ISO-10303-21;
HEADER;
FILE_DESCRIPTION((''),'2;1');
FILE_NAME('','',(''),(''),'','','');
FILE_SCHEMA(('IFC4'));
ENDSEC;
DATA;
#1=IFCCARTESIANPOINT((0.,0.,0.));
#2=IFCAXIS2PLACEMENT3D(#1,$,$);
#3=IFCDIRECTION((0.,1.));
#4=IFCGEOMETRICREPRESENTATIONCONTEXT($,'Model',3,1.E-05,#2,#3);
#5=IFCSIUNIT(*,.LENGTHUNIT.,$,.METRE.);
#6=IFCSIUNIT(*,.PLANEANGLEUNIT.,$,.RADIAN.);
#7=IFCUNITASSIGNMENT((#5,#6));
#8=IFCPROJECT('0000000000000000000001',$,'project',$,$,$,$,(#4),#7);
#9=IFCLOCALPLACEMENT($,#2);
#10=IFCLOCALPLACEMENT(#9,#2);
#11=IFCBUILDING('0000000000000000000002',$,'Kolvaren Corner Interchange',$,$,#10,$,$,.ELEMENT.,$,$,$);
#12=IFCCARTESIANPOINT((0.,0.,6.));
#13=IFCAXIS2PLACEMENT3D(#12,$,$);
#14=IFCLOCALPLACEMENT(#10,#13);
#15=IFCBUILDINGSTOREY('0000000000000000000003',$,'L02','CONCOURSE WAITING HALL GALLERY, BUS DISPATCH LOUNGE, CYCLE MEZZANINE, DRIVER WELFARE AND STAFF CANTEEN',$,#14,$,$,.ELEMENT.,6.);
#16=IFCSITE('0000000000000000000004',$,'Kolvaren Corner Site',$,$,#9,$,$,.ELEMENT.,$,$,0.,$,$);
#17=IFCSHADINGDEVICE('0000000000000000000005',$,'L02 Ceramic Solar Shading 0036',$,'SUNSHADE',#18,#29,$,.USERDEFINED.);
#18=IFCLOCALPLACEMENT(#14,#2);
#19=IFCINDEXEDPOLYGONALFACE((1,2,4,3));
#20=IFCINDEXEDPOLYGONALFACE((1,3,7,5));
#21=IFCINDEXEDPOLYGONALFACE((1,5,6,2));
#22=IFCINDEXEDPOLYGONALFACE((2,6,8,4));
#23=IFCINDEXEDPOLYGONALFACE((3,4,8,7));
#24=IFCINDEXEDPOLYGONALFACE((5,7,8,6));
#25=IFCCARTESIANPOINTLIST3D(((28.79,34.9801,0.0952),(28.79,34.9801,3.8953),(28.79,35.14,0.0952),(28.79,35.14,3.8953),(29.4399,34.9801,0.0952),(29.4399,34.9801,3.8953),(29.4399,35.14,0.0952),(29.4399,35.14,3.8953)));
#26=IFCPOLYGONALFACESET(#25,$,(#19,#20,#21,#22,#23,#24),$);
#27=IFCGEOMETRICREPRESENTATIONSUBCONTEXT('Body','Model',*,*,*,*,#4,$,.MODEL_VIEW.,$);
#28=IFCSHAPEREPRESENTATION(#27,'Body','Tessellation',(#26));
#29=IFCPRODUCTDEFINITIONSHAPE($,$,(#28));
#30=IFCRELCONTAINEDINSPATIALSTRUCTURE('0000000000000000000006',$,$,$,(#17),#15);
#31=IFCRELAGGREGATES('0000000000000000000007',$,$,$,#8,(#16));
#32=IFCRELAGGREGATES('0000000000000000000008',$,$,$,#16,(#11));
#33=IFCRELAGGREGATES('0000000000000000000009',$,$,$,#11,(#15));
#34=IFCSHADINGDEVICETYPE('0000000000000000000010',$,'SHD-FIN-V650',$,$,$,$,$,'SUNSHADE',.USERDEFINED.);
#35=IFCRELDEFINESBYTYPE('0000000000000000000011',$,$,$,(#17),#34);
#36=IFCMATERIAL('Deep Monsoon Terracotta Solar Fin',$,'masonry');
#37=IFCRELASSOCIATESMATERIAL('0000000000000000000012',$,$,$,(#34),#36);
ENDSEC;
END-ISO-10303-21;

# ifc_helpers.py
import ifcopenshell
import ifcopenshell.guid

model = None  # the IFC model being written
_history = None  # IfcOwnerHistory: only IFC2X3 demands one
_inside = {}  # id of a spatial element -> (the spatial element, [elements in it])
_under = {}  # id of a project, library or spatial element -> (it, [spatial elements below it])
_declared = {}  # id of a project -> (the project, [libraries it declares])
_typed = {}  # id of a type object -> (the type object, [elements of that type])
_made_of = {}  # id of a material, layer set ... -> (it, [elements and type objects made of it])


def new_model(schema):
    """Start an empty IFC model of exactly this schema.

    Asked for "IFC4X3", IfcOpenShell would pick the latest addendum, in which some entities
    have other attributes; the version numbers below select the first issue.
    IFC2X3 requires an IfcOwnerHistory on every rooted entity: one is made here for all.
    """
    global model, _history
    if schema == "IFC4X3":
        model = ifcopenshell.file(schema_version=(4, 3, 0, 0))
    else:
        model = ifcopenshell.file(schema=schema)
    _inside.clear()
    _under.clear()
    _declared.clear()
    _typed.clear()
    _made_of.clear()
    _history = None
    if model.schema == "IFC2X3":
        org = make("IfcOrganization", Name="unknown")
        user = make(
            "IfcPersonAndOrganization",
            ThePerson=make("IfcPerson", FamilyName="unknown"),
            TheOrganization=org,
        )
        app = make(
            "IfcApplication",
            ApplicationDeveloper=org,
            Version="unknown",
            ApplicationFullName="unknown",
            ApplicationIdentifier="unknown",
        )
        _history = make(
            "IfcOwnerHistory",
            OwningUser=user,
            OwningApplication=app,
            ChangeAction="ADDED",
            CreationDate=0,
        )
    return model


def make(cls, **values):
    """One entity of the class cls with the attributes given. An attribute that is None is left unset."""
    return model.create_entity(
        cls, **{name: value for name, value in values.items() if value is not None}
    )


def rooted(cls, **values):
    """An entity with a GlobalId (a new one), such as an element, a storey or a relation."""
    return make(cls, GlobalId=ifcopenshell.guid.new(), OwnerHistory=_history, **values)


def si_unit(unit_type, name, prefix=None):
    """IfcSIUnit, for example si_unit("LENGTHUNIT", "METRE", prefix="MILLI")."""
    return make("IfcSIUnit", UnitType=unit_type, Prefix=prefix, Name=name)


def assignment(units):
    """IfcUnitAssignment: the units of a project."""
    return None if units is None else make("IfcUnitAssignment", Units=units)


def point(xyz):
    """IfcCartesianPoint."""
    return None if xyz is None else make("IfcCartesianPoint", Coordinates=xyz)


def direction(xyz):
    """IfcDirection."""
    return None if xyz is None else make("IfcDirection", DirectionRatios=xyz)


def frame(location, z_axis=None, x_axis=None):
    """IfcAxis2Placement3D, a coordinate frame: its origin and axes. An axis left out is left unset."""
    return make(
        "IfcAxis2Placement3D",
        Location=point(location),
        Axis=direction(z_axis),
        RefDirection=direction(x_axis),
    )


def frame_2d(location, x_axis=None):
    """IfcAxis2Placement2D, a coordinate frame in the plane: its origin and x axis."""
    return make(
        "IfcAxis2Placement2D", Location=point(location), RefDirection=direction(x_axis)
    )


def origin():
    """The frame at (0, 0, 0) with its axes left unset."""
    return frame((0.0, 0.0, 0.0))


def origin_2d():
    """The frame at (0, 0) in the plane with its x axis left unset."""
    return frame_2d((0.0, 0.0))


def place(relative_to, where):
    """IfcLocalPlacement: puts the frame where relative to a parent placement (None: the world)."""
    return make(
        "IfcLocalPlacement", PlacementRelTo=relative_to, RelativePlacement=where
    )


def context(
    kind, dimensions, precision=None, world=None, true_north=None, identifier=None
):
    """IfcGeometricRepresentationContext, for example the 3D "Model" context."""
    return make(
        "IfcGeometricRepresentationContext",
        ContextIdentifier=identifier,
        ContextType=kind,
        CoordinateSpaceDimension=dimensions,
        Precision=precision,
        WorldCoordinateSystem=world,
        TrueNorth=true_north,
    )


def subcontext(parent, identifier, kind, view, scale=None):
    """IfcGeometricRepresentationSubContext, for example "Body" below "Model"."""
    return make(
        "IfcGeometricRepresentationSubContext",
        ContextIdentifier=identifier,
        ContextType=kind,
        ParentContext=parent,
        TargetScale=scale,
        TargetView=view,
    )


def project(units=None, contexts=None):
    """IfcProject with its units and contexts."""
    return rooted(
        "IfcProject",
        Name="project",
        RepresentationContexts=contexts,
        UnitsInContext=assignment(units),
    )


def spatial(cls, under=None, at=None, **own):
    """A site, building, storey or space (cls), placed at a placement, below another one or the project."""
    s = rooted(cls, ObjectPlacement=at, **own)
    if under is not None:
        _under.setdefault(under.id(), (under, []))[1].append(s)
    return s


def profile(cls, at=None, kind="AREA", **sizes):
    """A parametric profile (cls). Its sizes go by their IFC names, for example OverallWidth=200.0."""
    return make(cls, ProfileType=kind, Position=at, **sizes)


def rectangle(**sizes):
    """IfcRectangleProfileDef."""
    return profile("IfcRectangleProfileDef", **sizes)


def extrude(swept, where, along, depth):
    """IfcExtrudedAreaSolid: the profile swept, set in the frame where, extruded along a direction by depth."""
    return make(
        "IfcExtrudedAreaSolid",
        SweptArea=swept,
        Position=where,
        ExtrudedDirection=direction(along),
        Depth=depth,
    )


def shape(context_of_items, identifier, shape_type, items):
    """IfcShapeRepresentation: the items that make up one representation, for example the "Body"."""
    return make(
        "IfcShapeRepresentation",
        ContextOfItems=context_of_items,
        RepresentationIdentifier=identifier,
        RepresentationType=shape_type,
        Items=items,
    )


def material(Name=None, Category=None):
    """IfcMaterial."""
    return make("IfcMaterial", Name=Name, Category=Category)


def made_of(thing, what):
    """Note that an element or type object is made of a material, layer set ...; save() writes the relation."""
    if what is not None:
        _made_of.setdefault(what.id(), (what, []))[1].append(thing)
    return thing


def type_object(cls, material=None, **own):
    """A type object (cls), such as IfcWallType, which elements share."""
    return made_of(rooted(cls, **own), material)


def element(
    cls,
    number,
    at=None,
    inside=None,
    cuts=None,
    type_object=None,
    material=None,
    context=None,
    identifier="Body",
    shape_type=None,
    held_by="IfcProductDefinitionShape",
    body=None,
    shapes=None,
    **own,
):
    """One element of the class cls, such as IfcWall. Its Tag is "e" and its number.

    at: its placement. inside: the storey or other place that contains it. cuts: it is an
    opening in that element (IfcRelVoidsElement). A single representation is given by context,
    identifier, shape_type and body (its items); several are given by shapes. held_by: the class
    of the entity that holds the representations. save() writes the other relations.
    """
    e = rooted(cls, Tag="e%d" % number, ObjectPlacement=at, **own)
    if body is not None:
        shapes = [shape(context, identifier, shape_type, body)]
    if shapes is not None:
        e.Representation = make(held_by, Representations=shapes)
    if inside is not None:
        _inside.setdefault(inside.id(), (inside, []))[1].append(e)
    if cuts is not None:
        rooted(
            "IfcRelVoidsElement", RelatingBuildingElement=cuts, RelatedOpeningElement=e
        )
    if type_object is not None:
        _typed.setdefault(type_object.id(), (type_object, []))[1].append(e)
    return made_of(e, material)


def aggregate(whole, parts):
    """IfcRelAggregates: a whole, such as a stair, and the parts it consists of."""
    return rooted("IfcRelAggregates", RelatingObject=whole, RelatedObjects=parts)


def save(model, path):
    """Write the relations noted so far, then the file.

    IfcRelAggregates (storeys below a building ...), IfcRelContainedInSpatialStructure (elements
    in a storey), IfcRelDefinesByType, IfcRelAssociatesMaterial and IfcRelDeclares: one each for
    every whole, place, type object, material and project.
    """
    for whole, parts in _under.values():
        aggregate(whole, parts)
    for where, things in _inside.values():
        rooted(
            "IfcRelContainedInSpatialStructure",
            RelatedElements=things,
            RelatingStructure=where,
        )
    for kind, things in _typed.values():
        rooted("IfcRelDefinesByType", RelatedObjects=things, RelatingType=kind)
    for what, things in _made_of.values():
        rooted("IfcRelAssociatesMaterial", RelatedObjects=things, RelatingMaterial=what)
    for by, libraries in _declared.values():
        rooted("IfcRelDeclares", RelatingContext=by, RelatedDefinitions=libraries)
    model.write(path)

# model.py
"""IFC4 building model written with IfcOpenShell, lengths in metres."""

from ifc_helpers import new_model, si_unit, direction, frame, origin, origin_2d, place, context, subcontext, project, spatial, rectangle, extrude, material, type_object, element, save


model = new_model("IFC4")

# Units and contexts
model_context = context("Model", 3, precision=1e-05, world=origin(), true_north=direction((0.0, 1.0)))
body_context = subcontext(model_context, "Body", "Model", "MODEL_VIEW")
ifc_project = project(units=[si_unit("LENGTHUNIT", "METRE"), si_unit("PLANEANGLEUNIT", "RADIAN")], contexts=[model_context])

# Site, building, storey
site_placement = place(None, origin())
site = spatial("IfcSite", under=ifc_project, at=site_placement, Name="Kolvaren Corner Site", CompositionType="ELEMENT", RefElevation=0.0)
building_placement = place(site_placement, origin())
building = spatial("IfcBuilding", under=site, at=building_placement, Name="Kolvaren Corner Interchange", CompositionType="ELEMENT")
storey_placement = place(building_placement, frame((0.0, 0.0, 6.0)))
storey = spatial("IfcBuildingStorey", under=building, at=storey_placement, Name="L02", Description="CONCOURSE WAITING HALL GALLERY, BUS DISPATCH LOUNGE, CYCLE MEZZANINE, DRIVER WELFARE AND STAFF CANTEEN", CompositionType="ELEMENT", Elevation=6.0)

# Shading device
ifc_material_1 = material(Name="Deep Monsoon Terracotta Solar Fin", Category="masonry")
shading_device_type_1 = type_object("IfcShadingDeviceType", Name="SHD-FIN-V650", ElementType="SUNSHADE", PredefinedType="USERDEFINED", material=ifc_material_1)
shading_device_1_placement = place(storey_placement, frame((29.115, 35.0601, 0.0952), z_axis=(0.0, 0.0, 1.0), x_axis=(0.0, 1.0, 0.0)))
element("IfcShadingDevice", 1, at=shading_device_1_placement, inside=storey, type_object=shading_device_type_1, Name="L02 Ceramic Solar Shading 0036", ObjectType="SUNSHADE", PredefinedType="USERDEFINED", context=body_context, shape_type="SweptSolid", body=[
    extrude(rectangle(XDim=0.1599, YDim=0.6499, at=origin_2d()), origin(), (0.0, 0.0, 1.0), 3.8),
])

save(model, "model.ifc")
